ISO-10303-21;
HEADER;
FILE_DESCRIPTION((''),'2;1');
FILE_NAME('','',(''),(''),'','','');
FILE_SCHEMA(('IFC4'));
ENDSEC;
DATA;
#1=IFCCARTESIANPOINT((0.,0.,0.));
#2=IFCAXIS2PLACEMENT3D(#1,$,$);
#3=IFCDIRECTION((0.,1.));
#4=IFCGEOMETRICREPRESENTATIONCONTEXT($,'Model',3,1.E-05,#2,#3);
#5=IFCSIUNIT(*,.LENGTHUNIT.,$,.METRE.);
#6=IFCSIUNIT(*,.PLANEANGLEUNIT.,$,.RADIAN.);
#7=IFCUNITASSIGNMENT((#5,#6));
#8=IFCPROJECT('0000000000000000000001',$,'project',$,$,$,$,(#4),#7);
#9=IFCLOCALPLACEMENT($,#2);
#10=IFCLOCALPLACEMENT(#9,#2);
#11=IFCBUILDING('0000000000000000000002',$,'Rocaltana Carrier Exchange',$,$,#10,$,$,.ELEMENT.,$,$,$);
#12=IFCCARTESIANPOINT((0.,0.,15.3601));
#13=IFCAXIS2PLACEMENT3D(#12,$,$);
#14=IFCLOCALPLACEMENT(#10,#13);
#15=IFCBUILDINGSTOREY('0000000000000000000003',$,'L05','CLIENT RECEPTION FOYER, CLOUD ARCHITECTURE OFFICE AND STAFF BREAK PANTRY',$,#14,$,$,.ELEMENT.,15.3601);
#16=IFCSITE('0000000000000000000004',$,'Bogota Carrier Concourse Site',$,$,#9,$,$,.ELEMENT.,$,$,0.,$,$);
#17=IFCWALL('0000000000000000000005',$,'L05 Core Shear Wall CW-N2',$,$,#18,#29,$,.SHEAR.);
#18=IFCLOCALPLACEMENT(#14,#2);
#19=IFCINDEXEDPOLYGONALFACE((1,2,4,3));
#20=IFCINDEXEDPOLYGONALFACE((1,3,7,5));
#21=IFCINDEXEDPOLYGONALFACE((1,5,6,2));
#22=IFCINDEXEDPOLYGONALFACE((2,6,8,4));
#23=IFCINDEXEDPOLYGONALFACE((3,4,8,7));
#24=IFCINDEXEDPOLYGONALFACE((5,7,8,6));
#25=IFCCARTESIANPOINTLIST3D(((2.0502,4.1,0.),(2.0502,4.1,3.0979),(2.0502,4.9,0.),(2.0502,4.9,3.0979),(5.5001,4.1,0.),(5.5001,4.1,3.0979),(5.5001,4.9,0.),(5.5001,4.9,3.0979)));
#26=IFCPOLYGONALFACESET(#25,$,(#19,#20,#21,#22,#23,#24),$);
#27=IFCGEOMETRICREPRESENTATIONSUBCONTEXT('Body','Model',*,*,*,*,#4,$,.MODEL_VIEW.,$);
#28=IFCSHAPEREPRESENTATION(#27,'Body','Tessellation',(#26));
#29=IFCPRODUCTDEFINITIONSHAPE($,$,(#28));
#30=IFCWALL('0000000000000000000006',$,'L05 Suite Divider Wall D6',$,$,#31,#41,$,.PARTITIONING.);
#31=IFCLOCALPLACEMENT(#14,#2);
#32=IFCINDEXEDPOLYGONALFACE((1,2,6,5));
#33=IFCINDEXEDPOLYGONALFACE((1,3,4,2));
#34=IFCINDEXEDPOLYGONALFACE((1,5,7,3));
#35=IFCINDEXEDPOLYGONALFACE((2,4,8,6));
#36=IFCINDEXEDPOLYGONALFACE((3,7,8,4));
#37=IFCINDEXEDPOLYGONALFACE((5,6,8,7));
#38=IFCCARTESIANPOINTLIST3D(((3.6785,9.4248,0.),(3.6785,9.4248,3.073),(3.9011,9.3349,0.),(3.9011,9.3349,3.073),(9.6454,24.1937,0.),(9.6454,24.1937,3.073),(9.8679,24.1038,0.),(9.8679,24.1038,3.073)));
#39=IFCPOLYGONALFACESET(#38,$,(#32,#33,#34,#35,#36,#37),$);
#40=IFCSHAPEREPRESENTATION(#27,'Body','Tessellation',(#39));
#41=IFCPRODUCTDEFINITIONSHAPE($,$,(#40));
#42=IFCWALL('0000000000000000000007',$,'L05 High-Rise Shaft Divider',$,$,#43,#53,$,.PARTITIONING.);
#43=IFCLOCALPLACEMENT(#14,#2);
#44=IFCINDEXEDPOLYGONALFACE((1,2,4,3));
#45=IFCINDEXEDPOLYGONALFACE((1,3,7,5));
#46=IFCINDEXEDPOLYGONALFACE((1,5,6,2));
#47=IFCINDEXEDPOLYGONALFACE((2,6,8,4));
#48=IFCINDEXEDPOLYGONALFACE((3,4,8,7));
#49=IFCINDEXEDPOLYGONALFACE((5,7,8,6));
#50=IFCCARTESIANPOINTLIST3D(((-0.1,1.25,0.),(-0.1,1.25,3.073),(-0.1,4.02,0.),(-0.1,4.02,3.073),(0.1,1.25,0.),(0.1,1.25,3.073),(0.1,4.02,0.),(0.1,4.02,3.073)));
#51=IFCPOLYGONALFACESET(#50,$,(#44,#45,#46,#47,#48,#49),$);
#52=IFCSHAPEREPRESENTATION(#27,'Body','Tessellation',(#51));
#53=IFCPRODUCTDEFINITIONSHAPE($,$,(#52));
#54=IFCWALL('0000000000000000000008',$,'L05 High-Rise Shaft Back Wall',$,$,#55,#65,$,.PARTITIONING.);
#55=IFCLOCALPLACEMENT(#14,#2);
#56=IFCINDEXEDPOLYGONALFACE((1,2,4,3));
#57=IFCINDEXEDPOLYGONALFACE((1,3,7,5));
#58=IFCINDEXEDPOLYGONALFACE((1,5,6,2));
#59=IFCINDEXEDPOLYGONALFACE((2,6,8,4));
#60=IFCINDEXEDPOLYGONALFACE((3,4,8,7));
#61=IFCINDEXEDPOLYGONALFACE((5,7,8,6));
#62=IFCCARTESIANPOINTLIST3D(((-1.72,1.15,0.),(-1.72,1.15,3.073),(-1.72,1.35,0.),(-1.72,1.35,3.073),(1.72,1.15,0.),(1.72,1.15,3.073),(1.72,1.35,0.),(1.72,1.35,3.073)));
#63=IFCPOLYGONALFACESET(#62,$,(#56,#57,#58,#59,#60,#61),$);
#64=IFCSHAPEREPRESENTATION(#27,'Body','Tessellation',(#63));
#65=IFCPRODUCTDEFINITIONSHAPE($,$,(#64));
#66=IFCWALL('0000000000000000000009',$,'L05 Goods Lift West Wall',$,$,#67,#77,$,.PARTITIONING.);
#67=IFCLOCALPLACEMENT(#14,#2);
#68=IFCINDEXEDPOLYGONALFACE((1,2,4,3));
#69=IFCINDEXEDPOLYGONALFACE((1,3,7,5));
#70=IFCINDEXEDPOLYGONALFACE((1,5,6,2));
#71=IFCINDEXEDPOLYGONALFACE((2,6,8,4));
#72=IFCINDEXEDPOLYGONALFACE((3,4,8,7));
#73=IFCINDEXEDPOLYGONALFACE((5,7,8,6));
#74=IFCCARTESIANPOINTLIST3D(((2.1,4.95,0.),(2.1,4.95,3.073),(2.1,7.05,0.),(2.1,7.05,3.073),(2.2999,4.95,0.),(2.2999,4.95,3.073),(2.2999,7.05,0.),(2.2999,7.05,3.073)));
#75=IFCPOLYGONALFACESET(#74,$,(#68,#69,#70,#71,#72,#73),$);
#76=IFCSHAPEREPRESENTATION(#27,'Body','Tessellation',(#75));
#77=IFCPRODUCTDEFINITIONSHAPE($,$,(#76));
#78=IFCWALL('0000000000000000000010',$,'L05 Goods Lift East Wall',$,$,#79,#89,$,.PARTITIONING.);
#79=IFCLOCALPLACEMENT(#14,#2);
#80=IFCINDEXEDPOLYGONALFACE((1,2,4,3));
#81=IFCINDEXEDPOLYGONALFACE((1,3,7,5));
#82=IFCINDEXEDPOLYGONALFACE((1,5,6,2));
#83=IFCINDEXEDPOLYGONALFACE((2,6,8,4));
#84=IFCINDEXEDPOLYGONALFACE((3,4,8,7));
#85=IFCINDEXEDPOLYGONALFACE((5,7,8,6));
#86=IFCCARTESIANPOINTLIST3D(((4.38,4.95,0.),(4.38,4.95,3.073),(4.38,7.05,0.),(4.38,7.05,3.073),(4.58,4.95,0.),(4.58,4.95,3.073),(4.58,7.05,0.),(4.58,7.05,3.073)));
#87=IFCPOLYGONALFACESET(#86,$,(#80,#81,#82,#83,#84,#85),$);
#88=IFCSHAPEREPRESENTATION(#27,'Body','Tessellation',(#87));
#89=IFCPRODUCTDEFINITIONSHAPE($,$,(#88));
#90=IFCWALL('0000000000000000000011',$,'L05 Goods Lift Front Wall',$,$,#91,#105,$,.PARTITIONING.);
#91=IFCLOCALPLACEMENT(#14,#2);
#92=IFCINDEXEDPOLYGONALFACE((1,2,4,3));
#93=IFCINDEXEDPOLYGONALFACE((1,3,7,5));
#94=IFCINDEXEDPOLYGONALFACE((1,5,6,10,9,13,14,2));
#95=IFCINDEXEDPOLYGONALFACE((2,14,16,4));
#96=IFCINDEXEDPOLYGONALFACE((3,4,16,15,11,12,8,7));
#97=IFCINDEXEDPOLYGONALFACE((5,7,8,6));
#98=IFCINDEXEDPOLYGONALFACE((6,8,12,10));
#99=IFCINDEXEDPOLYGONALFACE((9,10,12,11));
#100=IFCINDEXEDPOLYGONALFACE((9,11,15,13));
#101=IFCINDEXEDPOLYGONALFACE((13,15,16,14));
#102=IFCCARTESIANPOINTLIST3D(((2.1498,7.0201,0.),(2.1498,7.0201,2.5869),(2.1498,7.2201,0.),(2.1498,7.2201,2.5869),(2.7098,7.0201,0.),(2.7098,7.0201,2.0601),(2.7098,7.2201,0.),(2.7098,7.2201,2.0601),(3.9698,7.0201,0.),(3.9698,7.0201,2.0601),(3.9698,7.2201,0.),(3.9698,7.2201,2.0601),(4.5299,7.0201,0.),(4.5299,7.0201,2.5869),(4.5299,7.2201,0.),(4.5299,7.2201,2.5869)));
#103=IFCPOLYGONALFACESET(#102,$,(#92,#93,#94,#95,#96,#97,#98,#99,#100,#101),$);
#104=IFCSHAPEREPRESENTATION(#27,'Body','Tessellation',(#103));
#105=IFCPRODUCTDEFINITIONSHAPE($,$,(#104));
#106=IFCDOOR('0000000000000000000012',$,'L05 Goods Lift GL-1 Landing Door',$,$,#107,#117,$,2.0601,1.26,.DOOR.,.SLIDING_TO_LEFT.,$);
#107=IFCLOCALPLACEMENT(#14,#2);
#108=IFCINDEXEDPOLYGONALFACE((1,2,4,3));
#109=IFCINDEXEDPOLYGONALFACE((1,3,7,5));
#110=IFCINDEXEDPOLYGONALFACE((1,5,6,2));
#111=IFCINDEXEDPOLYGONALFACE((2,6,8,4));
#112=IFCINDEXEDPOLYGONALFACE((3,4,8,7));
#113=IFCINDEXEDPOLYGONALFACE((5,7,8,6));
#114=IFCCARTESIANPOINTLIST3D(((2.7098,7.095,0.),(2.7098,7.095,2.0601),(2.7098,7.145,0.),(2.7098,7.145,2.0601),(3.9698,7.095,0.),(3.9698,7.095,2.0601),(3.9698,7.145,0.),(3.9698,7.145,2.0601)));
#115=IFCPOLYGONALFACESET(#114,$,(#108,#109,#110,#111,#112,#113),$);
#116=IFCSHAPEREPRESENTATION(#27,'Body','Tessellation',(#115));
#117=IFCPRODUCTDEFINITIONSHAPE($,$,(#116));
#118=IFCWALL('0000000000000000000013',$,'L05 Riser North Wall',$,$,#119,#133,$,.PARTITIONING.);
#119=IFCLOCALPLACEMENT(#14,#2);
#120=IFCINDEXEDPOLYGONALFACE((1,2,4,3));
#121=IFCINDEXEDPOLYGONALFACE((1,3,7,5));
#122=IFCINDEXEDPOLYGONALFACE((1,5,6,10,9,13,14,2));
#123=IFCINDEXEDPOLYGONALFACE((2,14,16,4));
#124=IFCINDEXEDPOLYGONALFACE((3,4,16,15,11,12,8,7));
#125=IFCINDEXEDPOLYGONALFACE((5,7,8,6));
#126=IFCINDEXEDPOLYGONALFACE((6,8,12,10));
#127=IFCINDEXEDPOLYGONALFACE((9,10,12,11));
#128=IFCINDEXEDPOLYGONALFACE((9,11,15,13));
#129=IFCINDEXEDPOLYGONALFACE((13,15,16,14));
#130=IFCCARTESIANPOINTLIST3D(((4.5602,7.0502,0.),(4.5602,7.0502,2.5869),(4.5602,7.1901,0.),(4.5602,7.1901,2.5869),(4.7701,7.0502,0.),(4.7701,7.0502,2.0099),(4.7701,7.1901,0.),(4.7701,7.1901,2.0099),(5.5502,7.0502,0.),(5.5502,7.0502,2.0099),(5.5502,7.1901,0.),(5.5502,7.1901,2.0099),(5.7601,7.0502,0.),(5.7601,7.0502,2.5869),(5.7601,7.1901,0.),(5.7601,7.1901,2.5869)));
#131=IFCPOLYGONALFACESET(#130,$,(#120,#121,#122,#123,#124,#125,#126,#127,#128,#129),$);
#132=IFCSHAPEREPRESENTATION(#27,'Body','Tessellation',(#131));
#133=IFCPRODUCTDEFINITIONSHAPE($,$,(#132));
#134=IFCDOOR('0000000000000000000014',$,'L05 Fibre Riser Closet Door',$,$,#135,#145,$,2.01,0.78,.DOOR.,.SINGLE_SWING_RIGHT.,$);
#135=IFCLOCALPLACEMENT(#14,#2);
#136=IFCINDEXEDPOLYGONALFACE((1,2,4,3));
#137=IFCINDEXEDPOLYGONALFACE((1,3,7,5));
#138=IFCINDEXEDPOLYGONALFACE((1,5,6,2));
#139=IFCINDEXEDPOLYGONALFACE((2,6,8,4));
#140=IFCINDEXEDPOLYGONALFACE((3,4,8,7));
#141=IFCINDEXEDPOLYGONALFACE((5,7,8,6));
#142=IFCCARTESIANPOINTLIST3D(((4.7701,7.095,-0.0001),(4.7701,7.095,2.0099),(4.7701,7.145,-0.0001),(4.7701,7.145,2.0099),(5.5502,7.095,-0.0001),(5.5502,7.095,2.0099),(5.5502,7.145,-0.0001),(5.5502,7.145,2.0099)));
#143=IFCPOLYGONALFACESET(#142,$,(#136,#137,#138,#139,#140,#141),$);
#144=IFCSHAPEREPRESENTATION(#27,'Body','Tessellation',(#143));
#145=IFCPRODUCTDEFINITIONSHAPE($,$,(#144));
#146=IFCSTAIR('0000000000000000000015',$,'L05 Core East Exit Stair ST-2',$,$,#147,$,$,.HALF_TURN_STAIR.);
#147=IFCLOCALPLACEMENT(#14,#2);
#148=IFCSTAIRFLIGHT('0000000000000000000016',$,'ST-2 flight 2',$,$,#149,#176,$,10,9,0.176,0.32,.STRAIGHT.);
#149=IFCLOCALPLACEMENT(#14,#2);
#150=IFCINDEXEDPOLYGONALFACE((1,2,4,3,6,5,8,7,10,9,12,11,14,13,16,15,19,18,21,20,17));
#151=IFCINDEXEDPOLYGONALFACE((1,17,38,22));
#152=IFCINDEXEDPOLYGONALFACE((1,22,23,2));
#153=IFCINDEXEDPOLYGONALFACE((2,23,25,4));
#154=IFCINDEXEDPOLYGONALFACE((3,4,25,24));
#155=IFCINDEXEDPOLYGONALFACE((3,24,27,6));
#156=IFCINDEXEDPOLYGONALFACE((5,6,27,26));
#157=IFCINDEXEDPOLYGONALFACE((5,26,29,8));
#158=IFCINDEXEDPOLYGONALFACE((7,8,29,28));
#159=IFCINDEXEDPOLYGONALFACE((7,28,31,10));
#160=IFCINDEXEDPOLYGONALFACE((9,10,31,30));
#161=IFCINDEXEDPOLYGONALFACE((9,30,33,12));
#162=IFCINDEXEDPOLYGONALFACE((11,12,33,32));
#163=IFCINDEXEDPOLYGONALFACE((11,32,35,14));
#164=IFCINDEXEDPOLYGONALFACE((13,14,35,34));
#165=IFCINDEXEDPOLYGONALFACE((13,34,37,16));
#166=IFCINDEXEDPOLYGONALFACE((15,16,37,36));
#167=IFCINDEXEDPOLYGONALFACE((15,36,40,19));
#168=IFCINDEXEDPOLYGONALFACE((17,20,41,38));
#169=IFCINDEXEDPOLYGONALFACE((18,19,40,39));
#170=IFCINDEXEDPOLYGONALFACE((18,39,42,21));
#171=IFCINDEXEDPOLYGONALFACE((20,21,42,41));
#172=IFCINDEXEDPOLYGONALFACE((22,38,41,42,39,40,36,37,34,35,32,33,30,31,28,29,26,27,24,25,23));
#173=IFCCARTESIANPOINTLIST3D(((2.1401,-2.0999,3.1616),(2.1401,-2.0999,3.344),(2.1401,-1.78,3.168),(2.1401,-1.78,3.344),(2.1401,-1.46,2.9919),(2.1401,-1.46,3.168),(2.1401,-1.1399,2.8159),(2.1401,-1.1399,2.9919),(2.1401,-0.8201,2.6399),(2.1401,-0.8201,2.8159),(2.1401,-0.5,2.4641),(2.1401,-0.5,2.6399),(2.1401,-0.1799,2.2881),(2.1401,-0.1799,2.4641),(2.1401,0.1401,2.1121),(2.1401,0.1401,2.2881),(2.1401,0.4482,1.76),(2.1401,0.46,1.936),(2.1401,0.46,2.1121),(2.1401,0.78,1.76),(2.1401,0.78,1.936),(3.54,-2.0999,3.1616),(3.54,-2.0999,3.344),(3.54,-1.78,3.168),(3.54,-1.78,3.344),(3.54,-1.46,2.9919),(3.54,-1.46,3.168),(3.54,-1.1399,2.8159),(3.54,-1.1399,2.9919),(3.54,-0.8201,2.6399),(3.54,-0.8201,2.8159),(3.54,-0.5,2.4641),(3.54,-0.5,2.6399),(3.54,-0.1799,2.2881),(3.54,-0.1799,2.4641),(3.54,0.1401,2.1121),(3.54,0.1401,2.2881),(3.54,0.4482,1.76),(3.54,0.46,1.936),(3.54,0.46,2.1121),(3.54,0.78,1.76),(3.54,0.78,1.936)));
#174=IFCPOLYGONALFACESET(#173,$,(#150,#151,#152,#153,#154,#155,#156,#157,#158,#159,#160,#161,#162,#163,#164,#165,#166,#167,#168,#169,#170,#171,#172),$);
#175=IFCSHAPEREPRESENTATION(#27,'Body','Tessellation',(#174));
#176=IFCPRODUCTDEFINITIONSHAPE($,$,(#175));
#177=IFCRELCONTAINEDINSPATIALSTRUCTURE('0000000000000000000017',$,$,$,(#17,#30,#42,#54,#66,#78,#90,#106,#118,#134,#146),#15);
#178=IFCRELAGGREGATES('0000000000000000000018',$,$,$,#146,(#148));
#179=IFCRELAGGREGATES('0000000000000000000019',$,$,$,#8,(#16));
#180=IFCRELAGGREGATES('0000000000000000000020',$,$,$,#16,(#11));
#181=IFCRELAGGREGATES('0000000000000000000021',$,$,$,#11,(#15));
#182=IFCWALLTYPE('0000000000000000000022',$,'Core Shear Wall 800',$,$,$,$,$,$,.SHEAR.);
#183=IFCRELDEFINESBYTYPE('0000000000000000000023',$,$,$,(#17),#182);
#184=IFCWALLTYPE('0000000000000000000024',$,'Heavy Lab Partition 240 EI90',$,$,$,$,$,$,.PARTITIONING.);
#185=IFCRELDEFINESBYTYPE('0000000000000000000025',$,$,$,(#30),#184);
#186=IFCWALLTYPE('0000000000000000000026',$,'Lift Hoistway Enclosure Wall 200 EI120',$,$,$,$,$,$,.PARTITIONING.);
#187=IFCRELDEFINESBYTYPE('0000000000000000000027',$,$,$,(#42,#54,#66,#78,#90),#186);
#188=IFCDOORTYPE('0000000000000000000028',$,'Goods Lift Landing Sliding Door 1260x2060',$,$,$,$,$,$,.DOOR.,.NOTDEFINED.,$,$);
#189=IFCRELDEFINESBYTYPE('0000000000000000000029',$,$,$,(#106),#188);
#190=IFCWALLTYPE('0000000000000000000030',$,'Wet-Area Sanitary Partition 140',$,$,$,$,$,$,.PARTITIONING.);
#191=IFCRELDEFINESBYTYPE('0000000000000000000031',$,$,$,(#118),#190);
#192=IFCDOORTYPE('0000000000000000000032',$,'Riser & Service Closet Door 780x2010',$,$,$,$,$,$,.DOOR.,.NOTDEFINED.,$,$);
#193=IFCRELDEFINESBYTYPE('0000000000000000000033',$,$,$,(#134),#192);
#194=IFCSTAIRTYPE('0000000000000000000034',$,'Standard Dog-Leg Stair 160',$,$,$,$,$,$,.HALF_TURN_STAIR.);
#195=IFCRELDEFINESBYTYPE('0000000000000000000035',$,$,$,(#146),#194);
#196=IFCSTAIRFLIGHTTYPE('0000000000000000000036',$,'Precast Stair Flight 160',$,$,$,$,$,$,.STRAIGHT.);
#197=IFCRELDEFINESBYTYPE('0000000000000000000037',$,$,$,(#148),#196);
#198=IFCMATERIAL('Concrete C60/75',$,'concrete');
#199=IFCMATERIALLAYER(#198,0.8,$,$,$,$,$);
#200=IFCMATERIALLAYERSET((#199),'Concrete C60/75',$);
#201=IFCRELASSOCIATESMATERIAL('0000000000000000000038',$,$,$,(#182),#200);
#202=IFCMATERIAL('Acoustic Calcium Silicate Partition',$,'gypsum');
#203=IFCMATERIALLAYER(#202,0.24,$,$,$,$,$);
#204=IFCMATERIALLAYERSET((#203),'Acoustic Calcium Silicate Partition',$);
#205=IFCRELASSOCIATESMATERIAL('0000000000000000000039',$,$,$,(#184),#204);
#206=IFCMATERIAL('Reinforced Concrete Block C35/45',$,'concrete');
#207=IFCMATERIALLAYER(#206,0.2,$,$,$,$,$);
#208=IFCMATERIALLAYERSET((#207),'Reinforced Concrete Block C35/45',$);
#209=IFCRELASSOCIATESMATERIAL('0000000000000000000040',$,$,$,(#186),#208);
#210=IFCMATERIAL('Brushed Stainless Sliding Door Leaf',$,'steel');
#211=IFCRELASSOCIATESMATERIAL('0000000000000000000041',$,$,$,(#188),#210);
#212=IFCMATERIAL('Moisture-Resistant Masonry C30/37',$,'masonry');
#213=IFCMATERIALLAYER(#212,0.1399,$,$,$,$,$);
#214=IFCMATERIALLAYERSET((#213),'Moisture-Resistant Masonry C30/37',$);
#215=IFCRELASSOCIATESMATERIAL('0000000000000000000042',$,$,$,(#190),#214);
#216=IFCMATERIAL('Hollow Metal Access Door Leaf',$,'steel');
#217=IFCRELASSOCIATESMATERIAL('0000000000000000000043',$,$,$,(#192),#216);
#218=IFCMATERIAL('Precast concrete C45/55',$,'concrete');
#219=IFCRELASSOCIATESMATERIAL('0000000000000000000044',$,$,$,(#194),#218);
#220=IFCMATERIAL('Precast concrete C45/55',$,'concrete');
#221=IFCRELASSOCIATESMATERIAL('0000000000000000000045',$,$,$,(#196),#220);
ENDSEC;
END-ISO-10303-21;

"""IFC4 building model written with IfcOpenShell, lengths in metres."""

from ifc_helpers import new_model, si_unit, direction, frame, frame_2d, origin, place, context, subcontext, project, spatial, polyline, rectangle, outline, extrude, material, layer, layer_set, type_object, element, fill, aggregate, save


model = new_model("IFC4")

# Units and contexts
model_context = context("Model", 3, precision=1e-05, world=origin(), true_north=direction((0.0, 1.0)))
body_context = subcontext(model_context, "Body", "Model", "MODEL_VIEW")
ifc_project = project(units=[si_unit("LENGTHUNIT", "METRE"), si_unit("PLANEANGLEUNIT", "RADIAN")], contexts=[model_context])

# Site, building, storey
site_placement = place(None, origin())
site = spatial("IfcSite", under=ifc_project, at=site_placement, Name="Bogota Carrier Concourse Site", CompositionType="ELEMENT", RefElevation=0.0)
building_placement = place(site_placement, origin())
building = spatial("IfcBuilding", under=site, at=building_placement, Name="Rocaltana Carrier Exchange", CompositionType="ELEMENT")
storey_placement = place(building_placement, frame((0.0, 0.0, 15.3601)))
storey = spatial("IfcBuildingStorey", under=building, at=storey_placement, Name="L05", Description="CLIENT RECEPTION FOYER, CLOUD ARCHITECTURE OFFICE AND STAFF BREAK PANTRY", CompositionType="ELEMENT", Elevation=15.3601)

# Walls
ifc_material_1 = material(Name="Concrete C60/75", Category="concrete")
ifc_layer_1 = layer(ifc_material_1, 0.8)
ifc_layer_set_1 = layer_set([ifc_layer_1], Name="Concrete C60/75")
wall_type_1 = type_object("IfcWallType", Name="Core Shear Wall 800", PredefinedType="SHEAR", material=ifc_layer_set_1)
wall_1_placement = place(storey_placement, frame((2.05, 4.5, 0.0), z_axis=(0.0, 0.0, 1.0), x_axis=(1.0, 0.0, 0.0)))
element("IfcWall", 1, at=wall_1_placement, inside=storey, type_object=wall_type_1, Name="L05 Core Shear Wall CW-N2", PredefinedType="SHEAR", context=body_context, shape_type="SweptSolid", body=[
    extrude(rectangle(XDim=3.45, YDim=0.8, at=frame_2d((1.7251, 0.0))), origin(), (0.0, 0.0, 1.0), 3.0979),
])
ifc_material_2 = material(Name="Acoustic Calcium Silicate Partition", Category="gypsum")
ifc_layer_2 = layer(ifc_material_2, 0.24)
ifc_layer_set_2 = layer_set([ifc_layer_2], Name="Acoustic Calcium Silicate Partition")
wall_type_2 = type_object("IfcWallType", Name="Heavy Lab Partition 240 EI90", PredefinedType="PARTITIONING", material=ifc_layer_set_2)
wall_2_placement = place(storey_placement, frame((3.7898, 9.3799, 0.0), z_axis=(0.0, 0.0, 1.0), x_axis=(0.374597, 0.927188, 0.0)))
element("IfcWall", 2, at=wall_2_placement, inside=storey, type_object=wall_type_2, Name="L05 Suite Divider Wall D6", PredefinedType="PARTITIONING", context=body_context, shape_type="SweptSolid", body=[
    extrude(rectangle(XDim=15.9287, YDim=0.24, at=frame_2d((7.9644, 0.0))), origin(), (0.0, 0.0, 1.0), 3.073),
])
ifc_material_3 = material(Name="Reinforced Concrete Block C35/45", Category="concrete")
ifc_layer_3 = layer(ifc_material_3, 0.2)
ifc_layer_set_3 = layer_set([ifc_layer_3], Name="Reinforced Concrete Block C35/45")
wall_type_3 = type_object("IfcWallType", Name="Lift Hoistway Enclosure Wall 200 EI120", PredefinedType="PARTITIONING", material=ifc_layer_set_3)
wall_3_placement = place(storey_placement, frame((0.0, 1.25, 0.0), z_axis=(0.0, 0.0, 1.0), x_axis=(0.0, 1.0, 0.0)))
element("IfcWall", 3, at=wall_3_placement, inside=storey, type_object=wall_type_3, Name="L05 High-Rise Shaft Divider", PredefinedType="PARTITIONING", context=body_context, shape_type="SweptSolid", body=[
    extrude(rectangle(XDim=2.77, YDim=0.2, at=frame_2d((1.385, 0.0))), origin(), (0.0, 0.0, 1.0), 3.073),
])
wall_4_placement = place(storey_placement, frame((-1.72, 1.25, 0.0), z_axis=(0.0, 0.0, 1.0), x_axis=(1.0, 0.0, 0.0)))
element("IfcWall", 4, at=wall_4_placement, inside=storey, type_object=wall_type_3, Name="L05 High-Rise Shaft Back Wall", PredefinedType="PARTITIONING", context=body_context, shape_type="SweptSolid", body=[
    extrude(rectangle(XDim=3.4399, YDim=0.2, at=frame_2d((1.72, 0.0))), origin(), (0.0, 0.0, 1.0), 3.073),
])
for number, where, z_axis, x_axis, name in (
    (5, (2.2, 4.95, 0.0), (0.0, 0.0, 1.0), (0.0, 1.0, 0.0), "L05 Goods Lift West Wall"),
    (6, (4.48, 4.95, 0.0), (0.0, 0.0, 1.0), (0.0, 1.0, 0.0), "L05 Goods Lift East Wall"),
):
    element("IfcWall", number, at=place(storey_placement, frame(where, z_axis=z_axis, x_axis=x_axis)), inside=storey, type_object=wall_type_3, Name=name, PredefinedType="PARTITIONING", context=body_context, shape_type="SweptSolid", body=[
        extrude(rectangle(XDim=2.1001, YDim=0.2, at=frame_2d((1.05, 0.0))), origin(), (0.0, 0.0, 1.0), 3.073),
    ])

# Walls, openings, doors
wall_5_placement = place(storey_placement, frame((2.1499, 7.1201, 0.0), z_axis=(0.0, 0.0, 1.0), x_axis=(1.0, 0.0, 0.0)))
wall_5 = element("IfcWall", 7, at=wall_5_placement, inside=storey, type_object=wall_type_3, Name="L05 Goods Lift Front Wall", PredefinedType="PARTITIONING", context=body_context, shape_type="SweptSolid", body=[
    extrude(rectangle(XDim=2.3801, YDim=0.2, at=frame_2d((1.1899, 0.0))), origin(), (0.0, 0.0, 1.0), 2.5869),
])
opening_1_placement = place(wall_5_placement, frame((0.5601, 0.0, 0.0)))
opening_1 = element("IfcOpeningElement", 8, at=opening_1_placement, cuts=wall_5, PredefinedType="OPENING", context=body_context, shape_type="SweptSolid", body=[
    extrude(rectangle(XDim=1.26, YDim=2.0601, at=frame_2d((0.6299, 1.03))), frame((0.0, 0.1099, 0.0), z_axis=(0.0, -1.0, 0.0), x_axis=(1.0, 0.0, 0.0)), (0.0, 0.0, 1.0), 0.22),
])
ifc_material_4 = material(Name="Brushed Stainless Sliding Door Leaf", Category="steel")
door_type_1 = type_object("IfcDoorType", Name="Goods Lift Landing Sliding Door 1260x2060", OperationType="NOTDEFINED", PredefinedType="DOOR", material=ifc_material_4)
door_1_placement = place(opening_1_placement, origin())
door_1 = element("IfcDoor", 9, at=door_1_placement, inside=storey, type_object=door_type_1, Name="L05 Goods Lift GL-1 Landing Door", OperationType="SLIDING_TO_LEFT", OverallHeight=2.0601, OverallWidth=1.26, PredefinedType="DOOR", context=body_context, shape_type="SweptSolid", body=[
    extrude(rectangle(XDim=1.26, YDim=2.0601, at=frame_2d((0.6299, 1.03))), frame((0.0, 0.0249, 0.0), z_axis=(0.0, -1.0, 0.0), x_axis=(1.0, 0.0, 0.0)), (0.0, 0.0, 1.0), 0.05),
])
fill(opening_1, door_1)
ifc_material_5 = material(Name="Moisture-Resistant Masonry C30/37", Category="masonry")
ifc_layer_4 = layer(ifc_material_5, 0.1399)
ifc_layer_set_4 = layer_set([ifc_layer_4], Name="Moisture-Resistant Masonry C30/37")
wall_type_4 = type_object("IfcWallType", Name="Wet-Area Sanitary Partition 140", PredefinedType="PARTITIONING", material=ifc_layer_set_4)
wall_6_placement = place(storey_placement, frame((4.5601, 7.1201, 0.0), z_axis=(0.0, 0.0, 1.0), x_axis=(1.0, 0.0, 0.0)))
wall_6 = element("IfcWall", 10, at=wall_6_placement, inside=storey, type_object=wall_type_4, Name="L05 Riser North Wall", PredefinedType="PARTITIONING", context=body_context, shape_type="SweptSolid", body=[
    extrude(rectangle(XDim=1.2, YDim=0.1399, at=frame_2d((0.6001, 0.0))), origin(), (0.0, 0.0, 1.0), 2.5869),
])
opening_2_placement = place(wall_6_placement, frame((0.21, 0.0, 0.0)))
opening_2 = element("IfcOpeningElement", 11, at=opening_2_placement, cuts=wall_6, PredefinedType="OPENING", context=body_context, shape_type="SweptSolid", body=[
    extrude(rectangle(XDim=0.78, YDim=2.01, at=frame_2d((0.3901, 1.0049))), frame((0.0, 0.0798, 0.0), z_axis=(0.0, -1.0, 0.0), x_axis=(1.0, 0.0, 0.0)), (0.0, 0.0, 1.0), 0.1599),
])
ifc_material_6 = material(Name="Hollow Metal Access Door Leaf", Category="steel")
door_type_2 = type_object("IfcDoorType", Name="Riser & Service Closet Door 780x2010", OperationType="NOTDEFINED", PredefinedType="DOOR", material=ifc_material_6)
door_2_placement = place(opening_2_placement, origin())
door_2 = element("IfcDoor", 12, at=door_2_placement, inside=storey, type_object=door_type_2, Name="L05 Fibre Riser Closet Door", OperationType="SINGLE_SWING_RIGHT", OverallHeight=2.01, OverallWidth=0.78, PredefinedType="DOOR", context=body_context, shape_type="SweptSolid", body=[
    extrude(rectangle(XDim=0.78, YDim=2.01, at=frame_2d((0.3901, 1.0049))), frame((0.0, 0.0249, 0.0), z_axis=(0.0, -1.0, 0.0), x_axis=(1.0, 0.0, 0.0)), (0.0, 0.0, 1.0), 0.05),
])
fill(opening_2, door_2)

# Stair, stair flight
ifc_material_7 = material(Name="Precast concrete C45/55", Category="concrete")
stair_type = type_object("IfcStairType", Name="Standard Dog-Leg Stair 160", PredefinedType="HALF_TURN_STAIR", material=ifc_material_7)
stair_placement = place(storey_placement, origin())
stair = element("IfcStair", 13, at=stair_placement, inside=storey, type_object=stair_type, Name="L05 Core East Exit Stair ST-2", PredefinedType="HALF_TURN_STAIR")
ifc_material_8 = material(Name="Precast concrete C45/55", Category="concrete")
stair_flight_type = type_object("IfcStairFlightType", Name="Precast Stair Flight 160", PredefinedType="STRAIGHT", material=ifc_material_8)
stair_flight_placement = place(storey_placement, frame((2.8401, 0.78, 1.76), z_axis=(0.0, 0.0, 1.0), x_axis=(0.0, -1.0, 0.0)))
stair_flight = element("IfcStairFlight", 14, at=stair_flight_placement, type_object=stair_flight_type, Name="ST-2 flight 2", NumberOfRisers=10, NumberOfTreads=9, PredefinedType="STRAIGHT", RiserHeight=0.176, TreadLength=0.32, context=body_context, shape_type="SweptSolid", body=[
    extrude(outline(polyline([(0.0, 0.0), (0.0, 0.176), (0.3201, 0.176), (0.3201, 0.3521), (0.6399, 0.3521), (0.6399, 0.5281), (0.96, 0.5281), (0.96, 0.7041), (1.28, 0.7041), (1.28, 0.8799), (1.6001, 0.8799), (1.6001, 1.0559), (1.9199, 1.0559), (1.9199, 1.2319), (2.24, 1.2319), (2.24, 1.408), (2.5601, 1.408), (2.5601, 1.584), (2.8799, 1.584), (2.8799, 1.76), (2.8799, 1.4016), (0.3318, 0.0), (0.0, 0.0)])), frame((0.0, 0.7, 0.0), z_axis=(0.0, -1.0, 0.0), x_axis=(1.0, 0.0, 0.0)), (0.0, 0.0, 1.0), 1.3999),
])
aggregate(stair, [stair_flight])

save(model, "model.ifc")
